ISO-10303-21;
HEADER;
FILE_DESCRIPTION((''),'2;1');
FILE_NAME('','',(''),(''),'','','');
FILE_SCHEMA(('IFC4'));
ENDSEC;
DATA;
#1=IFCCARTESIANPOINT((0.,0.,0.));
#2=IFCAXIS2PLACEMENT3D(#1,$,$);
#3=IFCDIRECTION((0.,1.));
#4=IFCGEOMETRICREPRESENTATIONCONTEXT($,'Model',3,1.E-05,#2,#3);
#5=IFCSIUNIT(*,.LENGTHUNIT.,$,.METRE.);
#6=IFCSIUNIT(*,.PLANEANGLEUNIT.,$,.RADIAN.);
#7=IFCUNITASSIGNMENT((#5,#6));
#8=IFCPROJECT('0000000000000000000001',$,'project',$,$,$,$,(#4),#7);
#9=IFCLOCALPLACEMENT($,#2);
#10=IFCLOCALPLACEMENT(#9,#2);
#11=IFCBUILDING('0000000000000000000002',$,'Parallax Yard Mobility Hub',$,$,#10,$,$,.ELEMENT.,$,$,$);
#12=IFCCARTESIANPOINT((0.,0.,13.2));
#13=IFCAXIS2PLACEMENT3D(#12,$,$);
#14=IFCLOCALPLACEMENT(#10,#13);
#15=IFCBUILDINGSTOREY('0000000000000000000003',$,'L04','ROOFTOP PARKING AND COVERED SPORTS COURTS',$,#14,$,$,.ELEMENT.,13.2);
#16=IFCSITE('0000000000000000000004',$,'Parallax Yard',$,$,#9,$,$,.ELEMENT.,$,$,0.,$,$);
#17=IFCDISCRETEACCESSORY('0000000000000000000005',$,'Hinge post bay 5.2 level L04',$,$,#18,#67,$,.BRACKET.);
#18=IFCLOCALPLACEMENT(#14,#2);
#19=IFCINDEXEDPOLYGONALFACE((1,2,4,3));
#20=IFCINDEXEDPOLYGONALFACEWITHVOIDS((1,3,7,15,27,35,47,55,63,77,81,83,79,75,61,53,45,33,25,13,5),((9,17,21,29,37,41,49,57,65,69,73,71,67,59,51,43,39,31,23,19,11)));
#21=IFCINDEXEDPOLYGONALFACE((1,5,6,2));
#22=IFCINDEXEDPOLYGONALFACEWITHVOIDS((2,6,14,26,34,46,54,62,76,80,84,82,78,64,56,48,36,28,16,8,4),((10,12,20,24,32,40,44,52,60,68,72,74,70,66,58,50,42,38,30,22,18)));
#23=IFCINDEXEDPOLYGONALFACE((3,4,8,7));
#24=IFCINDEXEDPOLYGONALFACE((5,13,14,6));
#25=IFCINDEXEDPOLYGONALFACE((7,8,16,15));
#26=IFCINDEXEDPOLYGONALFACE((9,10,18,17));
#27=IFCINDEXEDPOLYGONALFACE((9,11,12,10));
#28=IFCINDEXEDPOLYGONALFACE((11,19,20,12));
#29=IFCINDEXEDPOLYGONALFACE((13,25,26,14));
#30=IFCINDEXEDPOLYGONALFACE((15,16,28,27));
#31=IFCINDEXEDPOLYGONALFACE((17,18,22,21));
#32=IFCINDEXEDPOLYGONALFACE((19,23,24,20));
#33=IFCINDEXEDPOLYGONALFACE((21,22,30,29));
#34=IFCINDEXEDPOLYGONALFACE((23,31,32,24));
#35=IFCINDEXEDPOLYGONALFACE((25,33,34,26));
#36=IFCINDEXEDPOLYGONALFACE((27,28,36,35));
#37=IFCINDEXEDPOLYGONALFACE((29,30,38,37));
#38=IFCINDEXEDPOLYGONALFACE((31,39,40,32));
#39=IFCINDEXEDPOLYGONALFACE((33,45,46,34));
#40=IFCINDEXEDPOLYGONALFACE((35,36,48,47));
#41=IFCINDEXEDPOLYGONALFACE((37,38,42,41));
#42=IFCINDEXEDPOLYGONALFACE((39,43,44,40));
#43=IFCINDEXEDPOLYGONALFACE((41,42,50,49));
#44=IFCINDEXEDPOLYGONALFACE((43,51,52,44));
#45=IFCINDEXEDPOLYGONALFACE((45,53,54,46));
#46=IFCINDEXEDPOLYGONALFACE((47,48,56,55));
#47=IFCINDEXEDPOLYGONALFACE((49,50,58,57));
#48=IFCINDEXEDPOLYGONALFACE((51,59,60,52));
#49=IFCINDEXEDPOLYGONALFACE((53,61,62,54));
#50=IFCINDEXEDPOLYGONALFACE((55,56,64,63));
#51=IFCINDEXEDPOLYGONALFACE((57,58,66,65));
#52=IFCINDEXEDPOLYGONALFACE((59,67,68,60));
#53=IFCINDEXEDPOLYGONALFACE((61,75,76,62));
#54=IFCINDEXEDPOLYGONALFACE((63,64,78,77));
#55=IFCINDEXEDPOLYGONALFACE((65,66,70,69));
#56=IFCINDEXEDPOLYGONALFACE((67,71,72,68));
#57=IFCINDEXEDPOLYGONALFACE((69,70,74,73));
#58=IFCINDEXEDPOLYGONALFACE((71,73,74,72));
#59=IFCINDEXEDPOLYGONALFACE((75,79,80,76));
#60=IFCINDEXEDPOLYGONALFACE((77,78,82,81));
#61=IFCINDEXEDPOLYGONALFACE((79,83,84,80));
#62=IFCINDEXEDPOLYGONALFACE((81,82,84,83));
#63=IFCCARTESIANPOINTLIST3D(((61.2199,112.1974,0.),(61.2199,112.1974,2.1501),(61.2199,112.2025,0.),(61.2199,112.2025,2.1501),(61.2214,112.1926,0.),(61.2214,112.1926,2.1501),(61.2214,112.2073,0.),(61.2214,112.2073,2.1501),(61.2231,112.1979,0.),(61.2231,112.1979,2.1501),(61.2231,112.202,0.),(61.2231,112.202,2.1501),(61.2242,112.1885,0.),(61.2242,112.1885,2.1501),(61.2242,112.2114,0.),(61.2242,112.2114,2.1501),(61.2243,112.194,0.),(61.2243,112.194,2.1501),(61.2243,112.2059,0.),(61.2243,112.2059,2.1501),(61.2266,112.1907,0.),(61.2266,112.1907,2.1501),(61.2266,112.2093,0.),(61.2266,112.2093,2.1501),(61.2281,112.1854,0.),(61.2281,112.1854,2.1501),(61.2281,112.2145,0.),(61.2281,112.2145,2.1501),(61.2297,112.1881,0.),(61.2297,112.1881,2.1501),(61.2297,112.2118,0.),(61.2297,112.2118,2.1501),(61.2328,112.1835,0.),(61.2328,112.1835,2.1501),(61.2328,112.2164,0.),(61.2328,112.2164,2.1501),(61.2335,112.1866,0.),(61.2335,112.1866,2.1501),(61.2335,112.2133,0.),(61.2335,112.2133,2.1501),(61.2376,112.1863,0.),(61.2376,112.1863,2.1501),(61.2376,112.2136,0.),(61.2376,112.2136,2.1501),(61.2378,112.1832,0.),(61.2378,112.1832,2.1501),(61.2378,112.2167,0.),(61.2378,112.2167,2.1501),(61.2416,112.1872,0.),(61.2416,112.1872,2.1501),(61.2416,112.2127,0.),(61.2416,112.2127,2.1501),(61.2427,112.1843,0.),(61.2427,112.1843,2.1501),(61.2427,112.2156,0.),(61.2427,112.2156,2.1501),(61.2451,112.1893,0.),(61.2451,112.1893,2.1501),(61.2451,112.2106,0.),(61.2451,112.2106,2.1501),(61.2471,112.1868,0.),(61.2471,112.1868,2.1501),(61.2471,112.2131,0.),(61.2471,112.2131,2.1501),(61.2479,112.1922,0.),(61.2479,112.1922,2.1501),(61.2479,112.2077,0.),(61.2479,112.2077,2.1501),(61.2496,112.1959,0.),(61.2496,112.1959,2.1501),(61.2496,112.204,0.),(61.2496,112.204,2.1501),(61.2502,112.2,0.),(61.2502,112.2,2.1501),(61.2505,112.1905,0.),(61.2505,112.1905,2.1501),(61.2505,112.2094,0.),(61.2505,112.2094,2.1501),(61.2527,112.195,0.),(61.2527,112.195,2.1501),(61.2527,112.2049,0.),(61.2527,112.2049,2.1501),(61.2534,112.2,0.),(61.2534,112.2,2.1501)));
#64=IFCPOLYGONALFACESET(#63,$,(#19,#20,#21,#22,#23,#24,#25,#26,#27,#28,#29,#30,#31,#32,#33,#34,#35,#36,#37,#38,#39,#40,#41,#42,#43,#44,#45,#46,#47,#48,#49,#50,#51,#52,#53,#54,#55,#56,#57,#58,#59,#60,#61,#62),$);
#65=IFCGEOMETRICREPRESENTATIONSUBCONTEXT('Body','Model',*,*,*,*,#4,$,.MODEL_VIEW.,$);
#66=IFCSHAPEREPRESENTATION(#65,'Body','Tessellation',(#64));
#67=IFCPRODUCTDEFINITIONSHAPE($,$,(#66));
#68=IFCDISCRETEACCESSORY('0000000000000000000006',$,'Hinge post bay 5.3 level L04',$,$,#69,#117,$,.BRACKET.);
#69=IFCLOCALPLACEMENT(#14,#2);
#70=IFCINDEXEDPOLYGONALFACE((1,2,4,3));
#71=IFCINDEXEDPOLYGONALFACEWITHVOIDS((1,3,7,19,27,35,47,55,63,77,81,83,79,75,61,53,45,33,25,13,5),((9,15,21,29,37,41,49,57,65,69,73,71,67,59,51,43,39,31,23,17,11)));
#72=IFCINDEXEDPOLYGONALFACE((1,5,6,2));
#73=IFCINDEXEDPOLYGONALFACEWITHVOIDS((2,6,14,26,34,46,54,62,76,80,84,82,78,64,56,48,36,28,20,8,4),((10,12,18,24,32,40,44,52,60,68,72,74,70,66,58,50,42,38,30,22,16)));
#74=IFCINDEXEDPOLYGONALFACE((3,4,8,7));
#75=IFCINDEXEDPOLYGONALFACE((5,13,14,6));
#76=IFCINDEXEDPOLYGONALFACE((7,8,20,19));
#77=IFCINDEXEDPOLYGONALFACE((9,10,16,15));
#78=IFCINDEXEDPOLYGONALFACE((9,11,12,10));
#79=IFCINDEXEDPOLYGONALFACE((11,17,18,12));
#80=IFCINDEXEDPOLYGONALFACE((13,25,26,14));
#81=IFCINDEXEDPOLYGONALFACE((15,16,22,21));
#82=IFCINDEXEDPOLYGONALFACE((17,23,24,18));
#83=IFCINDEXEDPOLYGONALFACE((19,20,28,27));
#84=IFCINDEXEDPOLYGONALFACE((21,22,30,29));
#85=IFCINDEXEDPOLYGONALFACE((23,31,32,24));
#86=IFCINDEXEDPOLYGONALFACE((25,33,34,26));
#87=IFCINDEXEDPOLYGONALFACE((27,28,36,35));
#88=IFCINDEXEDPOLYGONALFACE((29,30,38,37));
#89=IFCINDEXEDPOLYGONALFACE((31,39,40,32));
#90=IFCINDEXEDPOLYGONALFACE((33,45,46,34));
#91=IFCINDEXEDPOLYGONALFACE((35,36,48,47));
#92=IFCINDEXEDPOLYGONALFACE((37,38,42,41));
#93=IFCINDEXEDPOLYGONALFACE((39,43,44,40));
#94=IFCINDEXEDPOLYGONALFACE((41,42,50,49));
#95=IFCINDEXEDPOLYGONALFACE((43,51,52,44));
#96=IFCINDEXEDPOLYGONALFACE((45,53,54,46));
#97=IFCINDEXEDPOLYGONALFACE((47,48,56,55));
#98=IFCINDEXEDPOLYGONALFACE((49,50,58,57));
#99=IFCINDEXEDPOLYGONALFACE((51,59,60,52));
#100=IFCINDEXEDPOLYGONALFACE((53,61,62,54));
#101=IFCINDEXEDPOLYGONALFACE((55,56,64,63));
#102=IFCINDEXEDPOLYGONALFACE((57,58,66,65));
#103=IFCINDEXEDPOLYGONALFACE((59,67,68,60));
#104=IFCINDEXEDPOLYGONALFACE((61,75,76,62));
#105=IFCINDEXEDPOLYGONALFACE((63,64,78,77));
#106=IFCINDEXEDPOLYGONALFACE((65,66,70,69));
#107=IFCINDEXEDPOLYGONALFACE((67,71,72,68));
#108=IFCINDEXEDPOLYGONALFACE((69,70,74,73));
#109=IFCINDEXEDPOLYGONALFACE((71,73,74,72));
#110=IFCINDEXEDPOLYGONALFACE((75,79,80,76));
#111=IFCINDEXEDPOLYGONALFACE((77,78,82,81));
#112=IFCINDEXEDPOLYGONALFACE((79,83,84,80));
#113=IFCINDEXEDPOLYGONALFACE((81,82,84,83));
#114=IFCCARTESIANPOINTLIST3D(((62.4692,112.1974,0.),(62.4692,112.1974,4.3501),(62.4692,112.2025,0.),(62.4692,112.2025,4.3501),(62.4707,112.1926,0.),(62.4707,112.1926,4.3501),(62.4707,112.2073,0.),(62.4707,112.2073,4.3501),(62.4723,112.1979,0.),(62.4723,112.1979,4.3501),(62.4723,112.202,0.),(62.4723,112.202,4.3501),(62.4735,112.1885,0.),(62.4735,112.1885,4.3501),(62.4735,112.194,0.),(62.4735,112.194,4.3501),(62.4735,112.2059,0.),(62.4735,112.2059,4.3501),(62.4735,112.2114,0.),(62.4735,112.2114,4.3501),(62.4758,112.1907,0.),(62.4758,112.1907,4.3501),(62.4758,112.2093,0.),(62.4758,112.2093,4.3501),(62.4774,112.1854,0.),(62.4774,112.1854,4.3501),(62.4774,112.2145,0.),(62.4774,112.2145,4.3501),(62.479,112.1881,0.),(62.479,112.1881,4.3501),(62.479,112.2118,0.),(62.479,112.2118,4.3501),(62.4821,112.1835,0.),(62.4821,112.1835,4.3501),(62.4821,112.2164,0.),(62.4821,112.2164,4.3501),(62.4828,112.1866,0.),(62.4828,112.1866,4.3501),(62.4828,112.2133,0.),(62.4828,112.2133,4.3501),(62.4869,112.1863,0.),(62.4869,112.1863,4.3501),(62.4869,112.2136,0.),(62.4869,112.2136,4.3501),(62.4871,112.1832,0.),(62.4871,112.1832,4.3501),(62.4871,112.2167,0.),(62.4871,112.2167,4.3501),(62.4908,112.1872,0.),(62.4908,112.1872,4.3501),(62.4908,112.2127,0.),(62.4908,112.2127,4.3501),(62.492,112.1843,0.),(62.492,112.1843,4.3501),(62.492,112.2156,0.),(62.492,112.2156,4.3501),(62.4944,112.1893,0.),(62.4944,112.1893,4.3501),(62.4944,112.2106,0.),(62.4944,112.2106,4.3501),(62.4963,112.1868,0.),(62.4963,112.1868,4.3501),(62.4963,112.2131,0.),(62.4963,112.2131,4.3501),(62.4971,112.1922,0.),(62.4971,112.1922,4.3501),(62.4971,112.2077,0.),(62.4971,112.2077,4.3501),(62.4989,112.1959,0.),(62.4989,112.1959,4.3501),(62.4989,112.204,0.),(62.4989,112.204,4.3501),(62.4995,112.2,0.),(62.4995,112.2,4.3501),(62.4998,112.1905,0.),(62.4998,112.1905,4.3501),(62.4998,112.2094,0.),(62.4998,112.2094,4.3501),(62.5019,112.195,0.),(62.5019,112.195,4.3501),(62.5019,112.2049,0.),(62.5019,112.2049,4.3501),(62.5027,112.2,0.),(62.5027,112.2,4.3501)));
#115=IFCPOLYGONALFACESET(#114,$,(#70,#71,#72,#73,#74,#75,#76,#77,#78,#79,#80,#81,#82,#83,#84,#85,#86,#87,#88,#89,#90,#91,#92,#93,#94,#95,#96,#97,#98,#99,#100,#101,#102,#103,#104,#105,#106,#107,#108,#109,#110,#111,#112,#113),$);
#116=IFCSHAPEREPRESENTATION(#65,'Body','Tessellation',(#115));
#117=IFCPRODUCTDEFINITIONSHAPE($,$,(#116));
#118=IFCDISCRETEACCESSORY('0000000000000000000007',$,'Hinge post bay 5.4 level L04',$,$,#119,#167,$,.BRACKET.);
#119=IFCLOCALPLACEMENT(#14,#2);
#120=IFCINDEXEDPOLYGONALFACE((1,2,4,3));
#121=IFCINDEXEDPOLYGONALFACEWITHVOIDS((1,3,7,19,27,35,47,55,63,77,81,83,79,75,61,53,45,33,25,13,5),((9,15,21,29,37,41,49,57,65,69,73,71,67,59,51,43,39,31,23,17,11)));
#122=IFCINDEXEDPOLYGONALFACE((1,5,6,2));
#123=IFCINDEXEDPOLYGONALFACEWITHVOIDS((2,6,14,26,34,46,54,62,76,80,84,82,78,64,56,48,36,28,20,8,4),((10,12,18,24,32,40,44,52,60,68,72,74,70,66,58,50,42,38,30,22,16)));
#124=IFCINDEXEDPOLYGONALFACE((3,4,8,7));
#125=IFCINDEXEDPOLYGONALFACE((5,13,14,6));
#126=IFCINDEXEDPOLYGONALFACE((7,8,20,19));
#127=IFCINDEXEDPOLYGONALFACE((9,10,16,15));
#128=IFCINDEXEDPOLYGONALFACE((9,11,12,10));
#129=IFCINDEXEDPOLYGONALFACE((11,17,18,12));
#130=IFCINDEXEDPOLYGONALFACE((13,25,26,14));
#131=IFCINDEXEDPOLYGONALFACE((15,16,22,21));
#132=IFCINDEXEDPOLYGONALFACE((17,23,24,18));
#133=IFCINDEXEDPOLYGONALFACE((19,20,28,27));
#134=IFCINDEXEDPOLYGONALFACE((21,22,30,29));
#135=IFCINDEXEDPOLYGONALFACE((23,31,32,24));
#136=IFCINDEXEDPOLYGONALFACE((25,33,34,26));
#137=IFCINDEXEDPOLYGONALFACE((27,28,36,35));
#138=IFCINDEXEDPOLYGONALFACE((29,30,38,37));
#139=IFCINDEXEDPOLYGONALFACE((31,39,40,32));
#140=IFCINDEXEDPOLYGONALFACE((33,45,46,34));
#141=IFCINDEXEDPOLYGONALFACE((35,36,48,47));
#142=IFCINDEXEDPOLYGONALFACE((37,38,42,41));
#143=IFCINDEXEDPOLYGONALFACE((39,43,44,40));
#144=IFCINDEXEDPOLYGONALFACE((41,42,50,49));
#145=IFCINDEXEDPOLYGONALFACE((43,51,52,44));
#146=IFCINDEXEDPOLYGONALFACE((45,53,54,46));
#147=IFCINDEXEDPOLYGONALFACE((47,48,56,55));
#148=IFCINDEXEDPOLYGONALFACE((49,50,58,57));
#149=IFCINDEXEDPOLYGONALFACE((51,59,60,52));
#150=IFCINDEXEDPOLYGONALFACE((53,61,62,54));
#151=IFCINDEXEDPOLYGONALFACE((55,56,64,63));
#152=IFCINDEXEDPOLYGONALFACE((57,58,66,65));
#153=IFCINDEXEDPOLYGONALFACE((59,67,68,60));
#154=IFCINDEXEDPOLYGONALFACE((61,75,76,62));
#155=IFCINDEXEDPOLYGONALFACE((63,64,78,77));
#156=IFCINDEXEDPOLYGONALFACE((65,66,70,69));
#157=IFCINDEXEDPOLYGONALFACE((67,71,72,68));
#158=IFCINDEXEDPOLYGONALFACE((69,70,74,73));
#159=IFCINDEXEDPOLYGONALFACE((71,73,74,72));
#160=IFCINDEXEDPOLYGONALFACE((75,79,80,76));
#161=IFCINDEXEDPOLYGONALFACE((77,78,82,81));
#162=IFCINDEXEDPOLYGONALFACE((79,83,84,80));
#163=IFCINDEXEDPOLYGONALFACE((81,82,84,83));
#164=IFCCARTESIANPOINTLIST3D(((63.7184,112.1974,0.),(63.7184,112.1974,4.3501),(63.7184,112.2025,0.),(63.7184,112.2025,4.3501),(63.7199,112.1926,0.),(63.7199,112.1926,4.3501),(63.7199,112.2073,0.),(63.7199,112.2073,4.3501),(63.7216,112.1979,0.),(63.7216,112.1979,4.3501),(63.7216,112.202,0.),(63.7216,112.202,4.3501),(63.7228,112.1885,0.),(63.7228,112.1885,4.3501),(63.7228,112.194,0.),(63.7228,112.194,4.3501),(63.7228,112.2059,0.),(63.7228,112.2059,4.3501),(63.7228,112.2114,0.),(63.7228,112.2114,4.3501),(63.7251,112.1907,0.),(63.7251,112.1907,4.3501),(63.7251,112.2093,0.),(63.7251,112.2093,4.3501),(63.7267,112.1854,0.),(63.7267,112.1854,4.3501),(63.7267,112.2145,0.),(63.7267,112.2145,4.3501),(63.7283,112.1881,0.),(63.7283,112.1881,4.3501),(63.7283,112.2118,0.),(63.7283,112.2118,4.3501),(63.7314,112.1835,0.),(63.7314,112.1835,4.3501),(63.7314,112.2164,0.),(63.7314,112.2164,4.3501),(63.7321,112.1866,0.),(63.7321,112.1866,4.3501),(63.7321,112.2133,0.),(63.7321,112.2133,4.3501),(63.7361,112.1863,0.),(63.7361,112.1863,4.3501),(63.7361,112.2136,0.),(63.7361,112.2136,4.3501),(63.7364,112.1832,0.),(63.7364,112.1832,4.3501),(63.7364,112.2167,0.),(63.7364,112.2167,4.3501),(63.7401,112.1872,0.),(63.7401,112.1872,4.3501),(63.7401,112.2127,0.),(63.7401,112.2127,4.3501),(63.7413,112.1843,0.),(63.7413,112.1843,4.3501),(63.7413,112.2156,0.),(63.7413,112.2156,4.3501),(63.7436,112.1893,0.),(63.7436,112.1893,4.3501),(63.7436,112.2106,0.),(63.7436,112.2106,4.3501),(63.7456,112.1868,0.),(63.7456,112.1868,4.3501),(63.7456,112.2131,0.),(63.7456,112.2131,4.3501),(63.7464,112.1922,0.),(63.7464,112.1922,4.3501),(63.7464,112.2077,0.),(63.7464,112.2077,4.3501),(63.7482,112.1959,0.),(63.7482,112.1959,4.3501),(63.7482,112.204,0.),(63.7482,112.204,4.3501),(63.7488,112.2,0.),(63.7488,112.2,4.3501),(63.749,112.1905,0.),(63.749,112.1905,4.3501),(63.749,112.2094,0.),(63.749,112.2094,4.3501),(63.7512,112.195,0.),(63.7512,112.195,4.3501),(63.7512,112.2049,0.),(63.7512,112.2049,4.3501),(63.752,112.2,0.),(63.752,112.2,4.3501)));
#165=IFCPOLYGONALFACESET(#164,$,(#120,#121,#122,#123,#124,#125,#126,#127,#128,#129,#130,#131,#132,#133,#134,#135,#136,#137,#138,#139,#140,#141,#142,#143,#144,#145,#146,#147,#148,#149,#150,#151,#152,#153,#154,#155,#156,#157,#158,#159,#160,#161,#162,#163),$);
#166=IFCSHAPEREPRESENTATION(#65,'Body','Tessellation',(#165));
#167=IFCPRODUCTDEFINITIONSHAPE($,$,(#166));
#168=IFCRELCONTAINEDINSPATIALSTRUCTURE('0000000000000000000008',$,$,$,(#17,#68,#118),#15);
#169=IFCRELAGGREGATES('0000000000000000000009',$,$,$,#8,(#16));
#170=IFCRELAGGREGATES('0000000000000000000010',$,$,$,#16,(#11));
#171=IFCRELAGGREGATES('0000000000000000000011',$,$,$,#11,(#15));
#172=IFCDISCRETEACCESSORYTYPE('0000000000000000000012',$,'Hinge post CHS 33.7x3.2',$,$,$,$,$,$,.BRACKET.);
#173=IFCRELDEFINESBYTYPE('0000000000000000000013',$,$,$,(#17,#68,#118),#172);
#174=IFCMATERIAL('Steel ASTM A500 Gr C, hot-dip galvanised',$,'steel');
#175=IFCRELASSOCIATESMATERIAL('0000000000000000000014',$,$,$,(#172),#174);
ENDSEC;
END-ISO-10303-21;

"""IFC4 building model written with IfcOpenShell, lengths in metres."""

from ifc_helpers import new_model, si_unit, direction, frame, origin, origin_2d, place, context, subcontext, project, spatial, hollow_circle, extrude, material, material_profile, profile_set, type_object, element, save


model = new_model("IFC4")

# Units and contexts
model_context = context("Model", 3, precision=1e-05, world=origin(), true_north=direction((0.0, 1.0)))
body_context = subcontext(model_context, "Body", "Model", "MODEL_VIEW")
ifc_project = project(units=[si_unit("LENGTHUNIT", "METRE"), si_unit("PLANEANGLEUNIT", "RADIAN")], contexts=[model_context])

# Site, building, storey
site_placement = place(None, origin())
site = spatial("IfcSite", under=ifc_project, at=site_placement, Name="Parallax Yard", CompositionType="ELEMENT", RefElevation=0.0)
building_placement = place(site_placement, origin())
building = spatial("IfcBuilding", under=site, at=building_placement, Name="Parallax Yard Mobility Hub", CompositionType="ELEMENT")
storey_placement = place(building_placement, frame((0.0, 0.0, 13.2)))
storey = spatial("IfcBuildingStorey", under=building, at=storey_placement, Name="L04", Description="ROOFTOP PARKING AND COVERED SPORTS COURTS", CompositionType="ELEMENT", Elevation=13.2)

# Discrete accessories
ifc_material_1 = material(Name="Steel ASTM A500 Gr C, hot-dip galvanised", Category="steel")
ifc_material_profile_1 = material_profile(ifc_material_1, hollow_circle(Radius=0.0168, WallThickness=0.0032, at=origin_2d()), Name="CHS 33.7x3.2")
ifc_profile_set_1 = profile_set([ifc_material_profile_1], Name="Steel ASTM A500 Gr C, hot-dip galvanised")
discrete_accessory_type_1 = type_object("IfcDiscreteAccessoryType", Name="Hinge post CHS 33.7x3.2", PredefinedType="BRACKET", material=ifc_profile_set_1)
discrete_accessory_1_placement = place(storey_placement, frame((61.2366, 112.2, 0.0), z_axis=(0.0, 0.0, 1.0), x_axis=(1.0, 0.0, 0.0)))
element("IfcDiscreteAccessory", 1, at=discrete_accessory_1_placement, inside=storey, type_object=discrete_accessory_type_1, Name="Hinge post bay 5.2 level L04", PredefinedType="BRACKET", context=body_context, shape_type="SweptSolid", body=[
    extrude(hollow_circle(Radius=0.0168, WallThickness=0.0032, at=origin_2d()), origin(), (0.0, 0.0, 1.0), 2.1501),
])
for number, where, z_axis, x_axis, name in (
    (2, (62.4858, 112.2, 0.0), (0.0, 0.0, 1.0), (1.0, 0.0, 0.0), "Hinge post bay 5.3 level L04"),
    (3, (63.7351, 112.2, 0.0), (0.0, 0.0, 1.0), (1.0, 0.0, 0.0), "Hinge post bay 5.4 level L04"),
):
    element("IfcDiscreteAccessory", number, at=place(storey_placement, frame(where, z_axis=z_axis, x_axis=x_axis)), inside=storey, type_object=discrete_accessory_type_1, Name=name, PredefinedType="BRACKET", context=body_context, shape_type="SweptSolid", body=[
        extrude(hollow_circle(Radius=0.0168, WallThickness=0.0032, at=origin_2d()), origin(), (0.0, 0.0, 1.0), 4.3501),
    ])

save(model, "model.ifc")
